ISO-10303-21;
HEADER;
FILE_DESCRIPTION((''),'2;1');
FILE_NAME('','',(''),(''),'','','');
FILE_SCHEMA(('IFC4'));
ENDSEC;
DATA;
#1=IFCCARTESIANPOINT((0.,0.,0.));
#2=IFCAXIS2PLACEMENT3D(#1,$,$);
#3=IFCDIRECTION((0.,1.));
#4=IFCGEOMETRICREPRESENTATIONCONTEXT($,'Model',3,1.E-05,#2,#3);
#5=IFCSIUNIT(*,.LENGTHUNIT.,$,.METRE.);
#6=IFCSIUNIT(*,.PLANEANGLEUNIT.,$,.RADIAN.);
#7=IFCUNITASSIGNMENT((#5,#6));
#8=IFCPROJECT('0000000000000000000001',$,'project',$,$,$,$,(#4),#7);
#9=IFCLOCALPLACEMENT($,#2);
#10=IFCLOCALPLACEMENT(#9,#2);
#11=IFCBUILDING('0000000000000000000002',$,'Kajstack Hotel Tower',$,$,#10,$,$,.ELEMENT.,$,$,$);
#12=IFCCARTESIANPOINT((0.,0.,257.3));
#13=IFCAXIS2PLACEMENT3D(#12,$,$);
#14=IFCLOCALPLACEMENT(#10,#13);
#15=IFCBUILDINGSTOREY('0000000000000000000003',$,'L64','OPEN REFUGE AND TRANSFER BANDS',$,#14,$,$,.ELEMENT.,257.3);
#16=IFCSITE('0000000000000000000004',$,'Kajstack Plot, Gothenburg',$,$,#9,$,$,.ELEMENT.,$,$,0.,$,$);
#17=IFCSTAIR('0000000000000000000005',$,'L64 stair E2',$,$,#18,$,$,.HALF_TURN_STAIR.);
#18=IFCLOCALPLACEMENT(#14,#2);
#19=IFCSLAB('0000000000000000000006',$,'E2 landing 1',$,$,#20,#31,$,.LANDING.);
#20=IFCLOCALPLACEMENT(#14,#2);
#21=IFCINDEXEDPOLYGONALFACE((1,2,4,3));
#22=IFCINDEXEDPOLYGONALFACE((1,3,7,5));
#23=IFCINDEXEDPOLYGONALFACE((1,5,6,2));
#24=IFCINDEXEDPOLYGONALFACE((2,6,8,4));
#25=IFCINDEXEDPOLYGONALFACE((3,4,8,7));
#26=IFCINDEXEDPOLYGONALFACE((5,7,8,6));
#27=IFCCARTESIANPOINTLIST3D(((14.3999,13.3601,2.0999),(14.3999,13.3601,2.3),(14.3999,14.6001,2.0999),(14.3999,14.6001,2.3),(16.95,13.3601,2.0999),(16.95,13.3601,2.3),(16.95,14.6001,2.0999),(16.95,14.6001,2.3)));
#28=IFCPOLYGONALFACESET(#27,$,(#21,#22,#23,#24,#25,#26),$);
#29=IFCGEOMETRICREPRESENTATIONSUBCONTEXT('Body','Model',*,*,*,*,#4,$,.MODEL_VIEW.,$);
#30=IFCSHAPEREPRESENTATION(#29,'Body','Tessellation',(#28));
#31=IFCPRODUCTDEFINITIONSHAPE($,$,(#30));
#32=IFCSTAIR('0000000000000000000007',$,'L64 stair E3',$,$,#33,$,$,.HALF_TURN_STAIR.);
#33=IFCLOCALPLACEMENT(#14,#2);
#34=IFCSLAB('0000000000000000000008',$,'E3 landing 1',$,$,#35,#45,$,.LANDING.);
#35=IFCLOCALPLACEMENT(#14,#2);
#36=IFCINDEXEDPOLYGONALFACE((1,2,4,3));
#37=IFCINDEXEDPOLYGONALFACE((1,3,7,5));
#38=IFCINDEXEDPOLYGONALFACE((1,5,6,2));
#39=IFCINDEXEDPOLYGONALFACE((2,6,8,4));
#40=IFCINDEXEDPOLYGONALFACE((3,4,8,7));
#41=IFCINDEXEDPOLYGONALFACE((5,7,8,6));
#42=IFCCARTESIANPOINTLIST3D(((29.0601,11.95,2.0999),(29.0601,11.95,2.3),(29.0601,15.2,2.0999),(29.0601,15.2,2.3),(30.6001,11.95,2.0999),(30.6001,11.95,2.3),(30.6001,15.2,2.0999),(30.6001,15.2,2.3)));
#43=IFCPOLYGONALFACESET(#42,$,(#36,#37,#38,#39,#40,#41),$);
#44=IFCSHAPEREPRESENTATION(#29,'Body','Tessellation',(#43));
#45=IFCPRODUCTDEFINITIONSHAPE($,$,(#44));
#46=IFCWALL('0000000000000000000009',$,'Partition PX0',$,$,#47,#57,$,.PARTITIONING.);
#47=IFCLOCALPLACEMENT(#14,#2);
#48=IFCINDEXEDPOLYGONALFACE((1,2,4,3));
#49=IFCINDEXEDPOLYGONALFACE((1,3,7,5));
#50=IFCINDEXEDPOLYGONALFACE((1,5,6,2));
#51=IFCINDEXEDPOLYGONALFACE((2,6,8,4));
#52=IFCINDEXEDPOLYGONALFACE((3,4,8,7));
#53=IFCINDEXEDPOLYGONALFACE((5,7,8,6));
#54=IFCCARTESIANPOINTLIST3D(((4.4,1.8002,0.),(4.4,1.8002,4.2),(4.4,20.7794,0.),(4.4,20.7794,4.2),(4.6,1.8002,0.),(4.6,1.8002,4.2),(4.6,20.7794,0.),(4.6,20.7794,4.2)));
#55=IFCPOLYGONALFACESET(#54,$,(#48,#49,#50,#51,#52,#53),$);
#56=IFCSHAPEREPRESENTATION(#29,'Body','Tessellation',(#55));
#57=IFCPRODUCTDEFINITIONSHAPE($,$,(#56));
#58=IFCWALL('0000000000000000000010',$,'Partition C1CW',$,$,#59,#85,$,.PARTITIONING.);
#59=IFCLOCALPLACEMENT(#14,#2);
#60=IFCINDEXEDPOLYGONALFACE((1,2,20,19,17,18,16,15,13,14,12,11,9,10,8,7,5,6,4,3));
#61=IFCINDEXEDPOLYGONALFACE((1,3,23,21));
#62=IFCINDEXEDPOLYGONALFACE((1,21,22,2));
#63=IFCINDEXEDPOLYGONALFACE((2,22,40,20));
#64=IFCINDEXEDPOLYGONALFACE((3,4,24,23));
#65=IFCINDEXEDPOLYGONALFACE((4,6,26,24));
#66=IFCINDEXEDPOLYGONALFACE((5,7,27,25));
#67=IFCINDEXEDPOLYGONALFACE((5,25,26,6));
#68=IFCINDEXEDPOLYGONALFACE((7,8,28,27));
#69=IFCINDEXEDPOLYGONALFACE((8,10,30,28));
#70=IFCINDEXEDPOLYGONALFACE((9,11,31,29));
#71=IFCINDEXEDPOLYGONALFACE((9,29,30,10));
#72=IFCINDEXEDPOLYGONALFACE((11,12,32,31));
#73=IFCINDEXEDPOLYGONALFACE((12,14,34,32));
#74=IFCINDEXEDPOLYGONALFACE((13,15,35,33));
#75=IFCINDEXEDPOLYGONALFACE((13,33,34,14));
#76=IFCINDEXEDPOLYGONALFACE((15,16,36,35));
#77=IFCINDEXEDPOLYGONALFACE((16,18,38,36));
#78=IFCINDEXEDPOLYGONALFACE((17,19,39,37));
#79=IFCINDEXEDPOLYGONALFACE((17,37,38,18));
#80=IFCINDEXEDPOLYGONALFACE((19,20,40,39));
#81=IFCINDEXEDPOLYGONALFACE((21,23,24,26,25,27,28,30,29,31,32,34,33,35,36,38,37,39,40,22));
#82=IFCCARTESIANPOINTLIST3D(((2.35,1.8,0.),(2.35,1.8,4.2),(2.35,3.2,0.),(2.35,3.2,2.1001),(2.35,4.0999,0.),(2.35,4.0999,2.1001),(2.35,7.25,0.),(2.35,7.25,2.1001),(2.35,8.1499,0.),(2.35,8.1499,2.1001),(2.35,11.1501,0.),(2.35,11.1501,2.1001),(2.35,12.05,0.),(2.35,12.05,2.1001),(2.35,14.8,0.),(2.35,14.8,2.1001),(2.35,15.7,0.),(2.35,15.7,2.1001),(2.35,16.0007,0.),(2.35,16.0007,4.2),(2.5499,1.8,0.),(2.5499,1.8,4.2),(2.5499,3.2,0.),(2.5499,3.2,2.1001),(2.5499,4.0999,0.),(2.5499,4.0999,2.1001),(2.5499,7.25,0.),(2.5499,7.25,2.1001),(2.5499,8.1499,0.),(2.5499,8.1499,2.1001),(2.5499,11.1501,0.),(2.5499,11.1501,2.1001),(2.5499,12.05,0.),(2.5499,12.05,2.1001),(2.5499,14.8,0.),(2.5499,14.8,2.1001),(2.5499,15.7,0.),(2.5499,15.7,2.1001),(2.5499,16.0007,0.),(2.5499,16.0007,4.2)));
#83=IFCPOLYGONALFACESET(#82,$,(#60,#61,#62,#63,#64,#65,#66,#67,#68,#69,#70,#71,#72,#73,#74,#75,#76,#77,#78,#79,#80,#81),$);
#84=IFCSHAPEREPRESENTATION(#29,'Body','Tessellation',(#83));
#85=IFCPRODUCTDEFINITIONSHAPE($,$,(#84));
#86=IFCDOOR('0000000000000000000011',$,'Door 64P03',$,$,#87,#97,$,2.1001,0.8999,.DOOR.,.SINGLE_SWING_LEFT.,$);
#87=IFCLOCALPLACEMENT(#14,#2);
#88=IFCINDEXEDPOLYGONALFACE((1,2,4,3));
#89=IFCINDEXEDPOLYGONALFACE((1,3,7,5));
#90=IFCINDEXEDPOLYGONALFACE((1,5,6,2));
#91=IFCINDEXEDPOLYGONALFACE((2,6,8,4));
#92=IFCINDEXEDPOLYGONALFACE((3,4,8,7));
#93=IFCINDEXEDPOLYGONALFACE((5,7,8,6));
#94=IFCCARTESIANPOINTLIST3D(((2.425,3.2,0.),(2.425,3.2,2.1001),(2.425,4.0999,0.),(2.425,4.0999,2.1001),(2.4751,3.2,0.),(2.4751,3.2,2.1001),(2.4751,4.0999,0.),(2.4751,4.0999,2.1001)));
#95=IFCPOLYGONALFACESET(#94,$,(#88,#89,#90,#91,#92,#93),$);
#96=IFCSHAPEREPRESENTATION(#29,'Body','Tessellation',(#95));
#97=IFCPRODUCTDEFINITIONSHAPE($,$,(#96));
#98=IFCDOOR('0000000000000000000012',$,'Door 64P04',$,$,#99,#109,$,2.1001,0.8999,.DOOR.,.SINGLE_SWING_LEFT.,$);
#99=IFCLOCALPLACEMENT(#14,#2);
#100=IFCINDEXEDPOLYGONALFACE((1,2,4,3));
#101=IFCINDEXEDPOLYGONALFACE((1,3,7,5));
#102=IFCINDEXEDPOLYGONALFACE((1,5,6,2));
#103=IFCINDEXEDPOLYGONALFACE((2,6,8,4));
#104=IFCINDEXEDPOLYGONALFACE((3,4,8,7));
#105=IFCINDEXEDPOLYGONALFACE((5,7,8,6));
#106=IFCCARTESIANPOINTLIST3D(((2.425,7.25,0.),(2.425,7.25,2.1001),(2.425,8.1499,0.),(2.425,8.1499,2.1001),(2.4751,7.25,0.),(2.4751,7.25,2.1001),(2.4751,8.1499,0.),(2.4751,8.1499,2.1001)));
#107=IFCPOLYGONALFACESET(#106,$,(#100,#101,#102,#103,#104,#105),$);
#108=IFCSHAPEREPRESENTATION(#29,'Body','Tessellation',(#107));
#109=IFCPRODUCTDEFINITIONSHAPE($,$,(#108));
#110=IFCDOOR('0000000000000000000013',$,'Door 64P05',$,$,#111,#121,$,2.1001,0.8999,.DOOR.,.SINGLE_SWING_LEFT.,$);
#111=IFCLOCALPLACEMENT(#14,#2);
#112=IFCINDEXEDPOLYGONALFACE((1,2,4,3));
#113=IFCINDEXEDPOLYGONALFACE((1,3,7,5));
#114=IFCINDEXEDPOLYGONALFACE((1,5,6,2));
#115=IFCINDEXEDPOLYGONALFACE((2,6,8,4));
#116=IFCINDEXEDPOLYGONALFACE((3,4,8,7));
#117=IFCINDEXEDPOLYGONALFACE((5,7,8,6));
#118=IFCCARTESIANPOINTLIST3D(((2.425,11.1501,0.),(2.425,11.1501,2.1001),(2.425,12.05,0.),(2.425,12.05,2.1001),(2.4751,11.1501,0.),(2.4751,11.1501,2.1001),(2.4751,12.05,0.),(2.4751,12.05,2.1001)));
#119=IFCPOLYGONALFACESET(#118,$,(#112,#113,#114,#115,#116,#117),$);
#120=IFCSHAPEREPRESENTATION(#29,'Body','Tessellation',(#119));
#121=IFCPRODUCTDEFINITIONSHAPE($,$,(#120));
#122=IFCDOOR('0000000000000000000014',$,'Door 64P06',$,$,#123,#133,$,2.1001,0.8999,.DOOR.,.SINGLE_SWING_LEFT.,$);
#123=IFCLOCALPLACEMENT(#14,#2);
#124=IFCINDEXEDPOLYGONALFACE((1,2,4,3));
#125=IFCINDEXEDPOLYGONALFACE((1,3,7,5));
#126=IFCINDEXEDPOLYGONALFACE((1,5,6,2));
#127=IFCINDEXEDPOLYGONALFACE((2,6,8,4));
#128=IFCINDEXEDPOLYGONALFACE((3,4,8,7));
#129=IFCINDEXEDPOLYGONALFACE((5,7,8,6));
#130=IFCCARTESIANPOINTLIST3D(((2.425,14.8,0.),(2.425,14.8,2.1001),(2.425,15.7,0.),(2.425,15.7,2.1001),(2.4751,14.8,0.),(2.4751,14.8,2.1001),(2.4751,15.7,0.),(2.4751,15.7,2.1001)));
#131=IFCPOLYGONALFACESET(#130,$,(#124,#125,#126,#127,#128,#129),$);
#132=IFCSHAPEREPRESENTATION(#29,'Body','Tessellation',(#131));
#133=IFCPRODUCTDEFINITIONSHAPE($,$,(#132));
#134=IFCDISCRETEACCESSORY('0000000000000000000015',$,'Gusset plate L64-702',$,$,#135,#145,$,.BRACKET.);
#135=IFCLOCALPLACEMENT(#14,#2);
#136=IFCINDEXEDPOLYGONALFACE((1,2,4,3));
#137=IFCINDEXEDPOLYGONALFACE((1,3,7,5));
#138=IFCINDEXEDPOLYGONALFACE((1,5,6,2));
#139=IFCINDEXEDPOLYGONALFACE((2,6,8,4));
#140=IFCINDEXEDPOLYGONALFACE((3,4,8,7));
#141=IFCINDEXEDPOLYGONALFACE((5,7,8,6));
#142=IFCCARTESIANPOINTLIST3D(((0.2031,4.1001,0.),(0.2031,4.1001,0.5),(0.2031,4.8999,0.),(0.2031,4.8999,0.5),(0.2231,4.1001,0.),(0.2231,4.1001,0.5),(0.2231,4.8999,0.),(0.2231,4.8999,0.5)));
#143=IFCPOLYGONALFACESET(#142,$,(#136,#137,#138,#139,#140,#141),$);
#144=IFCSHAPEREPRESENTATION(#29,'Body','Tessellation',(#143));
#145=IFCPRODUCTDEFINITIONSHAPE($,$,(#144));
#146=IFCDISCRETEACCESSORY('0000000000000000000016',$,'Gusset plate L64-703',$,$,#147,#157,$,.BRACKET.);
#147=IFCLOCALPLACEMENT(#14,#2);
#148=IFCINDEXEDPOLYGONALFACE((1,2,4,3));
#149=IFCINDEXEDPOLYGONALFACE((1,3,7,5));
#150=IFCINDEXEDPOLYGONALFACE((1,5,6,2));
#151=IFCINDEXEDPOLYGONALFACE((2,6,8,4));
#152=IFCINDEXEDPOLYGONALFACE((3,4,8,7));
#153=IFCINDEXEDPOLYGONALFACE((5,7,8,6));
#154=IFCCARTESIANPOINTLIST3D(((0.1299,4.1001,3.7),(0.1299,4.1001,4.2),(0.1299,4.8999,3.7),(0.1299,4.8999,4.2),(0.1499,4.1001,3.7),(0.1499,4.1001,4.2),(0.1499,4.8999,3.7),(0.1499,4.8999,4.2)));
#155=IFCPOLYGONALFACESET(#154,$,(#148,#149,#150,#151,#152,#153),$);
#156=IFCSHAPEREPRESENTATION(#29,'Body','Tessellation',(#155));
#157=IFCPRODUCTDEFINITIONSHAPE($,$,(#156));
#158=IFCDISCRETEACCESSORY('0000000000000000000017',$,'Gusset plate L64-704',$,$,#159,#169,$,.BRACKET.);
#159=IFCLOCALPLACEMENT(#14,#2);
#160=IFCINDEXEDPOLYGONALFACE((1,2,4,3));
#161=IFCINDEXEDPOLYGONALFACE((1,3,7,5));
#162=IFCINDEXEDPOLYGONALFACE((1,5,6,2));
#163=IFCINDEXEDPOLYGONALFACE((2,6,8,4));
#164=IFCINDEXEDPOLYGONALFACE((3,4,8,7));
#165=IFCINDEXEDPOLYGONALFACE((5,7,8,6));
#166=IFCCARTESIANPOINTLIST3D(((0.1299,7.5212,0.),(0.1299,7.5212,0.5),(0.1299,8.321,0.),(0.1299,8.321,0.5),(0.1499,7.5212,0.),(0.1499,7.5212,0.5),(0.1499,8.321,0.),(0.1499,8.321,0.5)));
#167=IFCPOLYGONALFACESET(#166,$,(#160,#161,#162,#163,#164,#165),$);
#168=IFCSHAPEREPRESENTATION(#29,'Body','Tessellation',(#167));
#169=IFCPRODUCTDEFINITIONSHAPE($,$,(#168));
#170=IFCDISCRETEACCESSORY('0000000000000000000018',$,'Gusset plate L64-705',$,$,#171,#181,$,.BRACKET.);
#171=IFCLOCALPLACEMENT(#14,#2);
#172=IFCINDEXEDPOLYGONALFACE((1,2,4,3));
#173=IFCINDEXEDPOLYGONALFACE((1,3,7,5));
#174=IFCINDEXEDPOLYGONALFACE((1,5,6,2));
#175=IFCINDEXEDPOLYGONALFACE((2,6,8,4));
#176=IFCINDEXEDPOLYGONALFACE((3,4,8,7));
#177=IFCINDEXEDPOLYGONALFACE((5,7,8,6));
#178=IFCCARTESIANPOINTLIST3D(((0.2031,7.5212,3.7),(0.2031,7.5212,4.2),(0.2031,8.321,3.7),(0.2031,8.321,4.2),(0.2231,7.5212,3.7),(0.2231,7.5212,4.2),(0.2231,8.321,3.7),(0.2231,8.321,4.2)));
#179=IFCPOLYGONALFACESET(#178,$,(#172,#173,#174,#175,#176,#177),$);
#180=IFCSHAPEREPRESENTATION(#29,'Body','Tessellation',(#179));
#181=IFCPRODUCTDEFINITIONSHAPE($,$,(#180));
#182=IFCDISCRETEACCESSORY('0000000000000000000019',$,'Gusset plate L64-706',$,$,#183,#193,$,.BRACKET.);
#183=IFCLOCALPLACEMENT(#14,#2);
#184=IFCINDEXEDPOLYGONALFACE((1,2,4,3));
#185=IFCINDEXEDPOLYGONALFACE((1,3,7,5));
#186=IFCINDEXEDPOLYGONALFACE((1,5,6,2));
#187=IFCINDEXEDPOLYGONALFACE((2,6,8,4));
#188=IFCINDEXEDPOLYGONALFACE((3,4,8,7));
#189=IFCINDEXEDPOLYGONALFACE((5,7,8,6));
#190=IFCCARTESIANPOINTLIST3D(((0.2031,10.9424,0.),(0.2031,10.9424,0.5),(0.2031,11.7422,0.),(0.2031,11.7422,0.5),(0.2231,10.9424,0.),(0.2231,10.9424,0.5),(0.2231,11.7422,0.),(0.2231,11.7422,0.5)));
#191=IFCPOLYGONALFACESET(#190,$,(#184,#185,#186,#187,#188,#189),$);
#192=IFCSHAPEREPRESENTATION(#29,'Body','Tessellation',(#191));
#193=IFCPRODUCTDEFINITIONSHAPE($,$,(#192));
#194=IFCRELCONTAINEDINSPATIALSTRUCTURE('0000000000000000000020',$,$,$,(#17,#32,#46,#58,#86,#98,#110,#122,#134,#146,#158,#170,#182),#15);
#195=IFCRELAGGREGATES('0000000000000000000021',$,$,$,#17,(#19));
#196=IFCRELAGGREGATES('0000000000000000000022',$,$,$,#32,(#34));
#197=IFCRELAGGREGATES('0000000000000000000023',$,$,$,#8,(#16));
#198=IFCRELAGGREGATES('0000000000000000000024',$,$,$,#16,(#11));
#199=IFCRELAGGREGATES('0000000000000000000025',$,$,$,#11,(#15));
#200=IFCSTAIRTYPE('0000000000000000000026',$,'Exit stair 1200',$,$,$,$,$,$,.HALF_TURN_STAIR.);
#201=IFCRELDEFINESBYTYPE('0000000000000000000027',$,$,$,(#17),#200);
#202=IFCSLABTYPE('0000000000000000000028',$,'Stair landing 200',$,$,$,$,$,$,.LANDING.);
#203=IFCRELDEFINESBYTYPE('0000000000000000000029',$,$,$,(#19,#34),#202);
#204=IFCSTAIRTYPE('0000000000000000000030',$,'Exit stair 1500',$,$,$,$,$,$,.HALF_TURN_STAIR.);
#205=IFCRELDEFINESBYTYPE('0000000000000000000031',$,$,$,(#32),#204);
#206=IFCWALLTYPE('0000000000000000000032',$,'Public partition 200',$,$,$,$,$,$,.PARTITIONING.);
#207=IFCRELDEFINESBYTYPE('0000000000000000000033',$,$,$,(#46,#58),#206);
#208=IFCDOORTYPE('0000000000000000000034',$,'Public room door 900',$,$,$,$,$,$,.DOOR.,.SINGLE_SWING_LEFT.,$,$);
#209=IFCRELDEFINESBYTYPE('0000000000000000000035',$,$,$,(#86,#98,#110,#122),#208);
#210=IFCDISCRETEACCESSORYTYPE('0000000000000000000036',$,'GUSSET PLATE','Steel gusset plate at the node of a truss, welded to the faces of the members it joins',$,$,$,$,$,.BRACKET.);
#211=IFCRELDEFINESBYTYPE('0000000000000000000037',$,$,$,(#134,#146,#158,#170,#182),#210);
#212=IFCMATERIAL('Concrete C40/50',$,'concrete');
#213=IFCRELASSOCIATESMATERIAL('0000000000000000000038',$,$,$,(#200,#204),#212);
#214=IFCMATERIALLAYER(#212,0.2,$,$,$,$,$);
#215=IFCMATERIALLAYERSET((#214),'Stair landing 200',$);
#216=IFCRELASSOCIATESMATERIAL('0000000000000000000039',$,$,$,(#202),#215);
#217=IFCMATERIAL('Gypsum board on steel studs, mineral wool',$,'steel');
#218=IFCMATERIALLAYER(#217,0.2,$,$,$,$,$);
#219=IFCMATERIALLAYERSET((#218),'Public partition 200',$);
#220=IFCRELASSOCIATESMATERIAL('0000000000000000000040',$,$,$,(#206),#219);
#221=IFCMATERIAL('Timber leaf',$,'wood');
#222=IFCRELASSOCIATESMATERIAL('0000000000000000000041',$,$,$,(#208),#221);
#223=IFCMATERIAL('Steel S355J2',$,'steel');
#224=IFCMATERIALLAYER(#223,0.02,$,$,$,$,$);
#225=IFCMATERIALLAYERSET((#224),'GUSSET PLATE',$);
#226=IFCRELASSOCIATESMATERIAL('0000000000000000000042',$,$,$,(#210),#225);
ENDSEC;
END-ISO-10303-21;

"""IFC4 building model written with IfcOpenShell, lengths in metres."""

from ifc_helpers import new_model, si_unit, direction, frame, frame_2d, origin, place, context, subcontext, project, spatial, polyline, rectangle, outline, extrude, material, layer, layer_set, type_object, element, fill, aggregate, save


model = new_model("IFC4")

# Units and contexts
model_context = context("Model", 3, precision=1e-05, world=origin(), true_north=direction((0.0, 1.0)))
body_context = subcontext(model_context, "Body", "Model", "MODEL_VIEW")
ifc_project = project(units=[si_unit("LENGTHUNIT", "METRE"), si_unit("PLANEANGLEUNIT", "RADIAN")], contexts=[model_context])

# Site, building, storey
site_placement = place(None, origin())
site = spatial("IfcSite", under=ifc_project, at=site_placement, Name="Kajstack Plot, Gothenburg", CompositionType="ELEMENT", RefElevation=0.0)
building_placement = place(site_placement, origin())
building = spatial("IfcBuilding", under=site, at=building_placement, Name="Kajstack Hotel Tower", CompositionType="ELEMENT")
storey_placement = place(building_placement, frame((0.0, 0.0, 257.3)))
storey = spatial("IfcBuildingStorey", under=building, at=storey_placement, Name="L64", Description="OPEN REFUGE AND TRANSFER BANDS", CompositionType="ELEMENT", Elevation=257.3)

# Shared definitions
ifc_material_1 = material(Name="Steel S355J2", Category="steel")

# Stairs, slabs
ifc_material_2 = material(Name="Concrete C40/50", Category="concrete")
stair_type_1 = type_object("IfcStairType", Name="Exit stair 1200", PredefinedType="HALF_TURN_STAIR", material=ifc_material_2)
ifc_layer_1 = layer(ifc_material_2, 0.2)
ifc_layer_set_1 = layer_set([ifc_layer_1], Name="Stair landing 200")
slab_type = type_object("IfcSlabType", Name="Stair landing 200", PredefinedType="LANDING", material=ifc_layer_set_1)
stair_type_2 = type_object("IfcStairType", Name="Exit stair 1500", PredefinedType="HALF_TURN_STAIR", material=ifc_material_2)
stair_1_placement = place(storey_placement, origin())
stair_1 = element("IfcStair", 1, at=stair_1_placement, inside=storey, type_object=stair_type_1, Name="L64 stair E2", PredefinedType="HALF_TURN_STAIR")
slab_1_placement = place(storey_placement, frame((0.0, 0.0, 2.0999)))
slab_1 = element("IfcSlab", 2, at=slab_1_placement, type_object=slab_type, Name="E2 landing 1", PredefinedType="LANDING", context=body_context, shape_type="SweptSolid", body=[
    extrude(outline(polyline([(16.95, 13.3601), (16.95, 14.6001), (14.3999, 14.6001), (14.3999, 13.3601), (16.95, 13.3601)])), origin(), (0.0, 0.0, 1.0), 0.2002),
])
aggregate(stair_1, [slab_1])
stair_2_placement = place(storey_placement, origin())
stair_2 = element("IfcStair", 3, at=stair_2_placement, inside=storey, type_object=stair_type_2, Name="L64 stair E3", PredefinedType="HALF_TURN_STAIR")
slab_2_placement = place(storey_placement, frame((0.0, 0.0, 2.0999)))
slab_2 = element("IfcSlab", 4, at=slab_2_placement, type_object=slab_type, Name="E3 landing 1", PredefinedType="LANDING", context=body_context, shape_type="SweptSolid", body=[
    extrude(outline(polyline([(29.0601, 11.95), (30.6001, 11.95), (30.6001, 15.2), (29.0601, 15.2), (29.0601, 11.95)])), origin(), (0.0, 0.0, 1.0), 0.2002),
])
aggregate(stair_2, [slab_2])

# Wall
ifc_material_3 = material(Name="Gypsum board on steel studs, mineral wool", Category="steel")
ifc_layer_2 = layer(ifc_material_3, 0.2)
ifc_layer_set_2 = layer_set([ifc_layer_2], Name="Public partition 200")
wall_type = type_object("IfcWallType", Name="Public partition 200", PredefinedType="PARTITIONING", material=ifc_layer_set_2)
wall_1_placement = place(storey_placement, frame((4.5, 1.8, 0.0), z_axis=(0.0, 0.0, 1.0), x_axis=(0.0, 1.0, 0.0)))
element("IfcWall", 5, at=wall_1_placement, inside=storey, type_object=wall_type, Name="Partition PX0", PredefinedType="PARTITIONING", context=body_context, shape_type="SweptSolid", body=[
    extrude(rectangle(XDim=18.9792, YDim=0.2, at=frame_2d((9.4897, 0.0))), origin(), (0.0, 0.0, 1.0), 4.2),
])

# Wall, openings, doors
wall_2_placement = place(storey_placement, frame((2.45, 1.8, 0.0), z_axis=(0.0, 0.0, 1.0), x_axis=(0.0, 1.0, 0.0)))
wall_2 = element("IfcWall", 6, at=wall_2_placement, inside=storey, type_object=wall_type, Name="Partition C1CW", PredefinedType="PARTITIONING", context=body_context, shape_type="SweptSolid", body=[
    extrude(rectangle(XDim=14.2007, YDim=0.2, at=frame_2d((7.1003, 0.0))), origin(), (0.0, 0.0, 1.0), 4.2),
])
opening_1_placement = place(wall_2_placement, frame((1.3999, 0.0, 0.0)))
opening_1 = element("IfcOpeningElement", 7, at=opening_1_placement, cuts=wall_2, PredefinedType="OPENING", context=body_context, shape_type="SweptSolid", body=[
    extrude(rectangle(XDim=0.8999, YDim=2.1001, at=frame_2d((0.45, 1.05))), frame((0.0, 0.1099, 0.0), z_axis=(0.0, -1.0, 0.0), x_axis=(1.0, 0.0, 0.0)), (0.0, 0.0, 1.0), 0.22),
])
opening_2_placement = place(wall_2_placement, frame((5.45, 0.0, 0.0)))
opening_2 = element("IfcOpeningElement", 8, at=opening_2_placement, cuts=wall_2, PredefinedType="OPENING", context=body_context, shape_type="SweptSolid", body=[
    extrude(rectangle(XDim=0.8999, YDim=2.1001, at=frame_2d((0.45, 1.05))), frame((0.0, 0.1099, 0.0), z_axis=(0.0, -1.0, 0.0), x_axis=(1.0, 0.0, 0.0)), (0.0, 0.0, 1.0), 0.22),
])
opening_3_placement = place(wall_2_placement, frame((9.3501, 0.0, 0.0)))
opening_3 = element("IfcOpeningElement", 9, at=opening_3_placement, cuts=wall_2, PredefinedType="OPENING", context=body_context, shape_type="SweptSolid", body=[
    extrude(rectangle(XDim=0.8999, YDim=2.1001, at=frame_2d((0.45, 1.05))), frame((0.0, 0.1099, 0.0), z_axis=(0.0, -1.0, 0.0), x_axis=(1.0, 0.0, 0.0)), (0.0, 0.0, 1.0), 0.22),
])
opening_4_placement = place(wall_2_placement, frame((13.0, 0.0, 0.0)))
opening_4 = element("IfcOpeningElement", 10, at=opening_4_placement, cuts=wall_2, PredefinedType="OPENING", context=body_context, shape_type="SweptSolid", body=[
    extrude(rectangle(XDim=0.8999, YDim=2.1001, at=frame_2d((0.45, 1.05))), frame((0.0, 0.1099, 0.0), z_axis=(0.0, -1.0, 0.0), x_axis=(1.0, 0.0, 0.0)), (0.0, 0.0, 1.0), 0.22),
])
ifc_material_4 = material(Name="Timber leaf", Category="wood")
door_type = type_object("IfcDoorType", Name="Public room door 900", OperationType="SINGLE_SWING_LEFT", PredefinedType="DOOR", material=ifc_material_4)
door_1_placement = place(opening_1_placement, origin())
door_1 = element("IfcDoor", 11, at=door_1_placement, inside=storey, type_object=door_type, Name="Door 64P03", OperationType="SINGLE_SWING_LEFT", OverallHeight=2.1001, OverallWidth=0.8999, PredefinedType="DOOR", context=body_context, shape_type="SweptSolid", body=[
    extrude(rectangle(XDim=0.8999, YDim=2.1001, at=frame_2d((0.45, 1.05))), frame((0.0, 0.0249, 0.0), z_axis=(0.0, -1.0, 0.0), x_axis=(1.0, 0.0, 0.0)), (0.0, 0.0, 1.0), 0.05),
])
fill(opening_1, door_1)
door_2_placement = place(opening_2_placement, origin())
door_2 = element("IfcDoor", 12, at=door_2_placement, inside=storey, type_object=door_type, Name="Door 64P04", OperationType="SINGLE_SWING_LEFT", OverallHeight=2.1001, OverallWidth=0.8999, PredefinedType="DOOR", context=body_context, shape_type="SweptSolid", body=[
    extrude(rectangle(XDim=0.8999, YDim=2.1001, at=frame_2d((0.45, 1.05))), frame((0.0, 0.0249, 0.0), z_axis=(0.0, -1.0, 0.0), x_axis=(1.0, 0.0, 0.0)), (0.0, 0.0, 1.0), 0.05),
])
fill(opening_2, door_2)
door_3_placement = place(opening_3_placement, origin())
door_3 = element("IfcDoor", 13, at=door_3_placement, inside=storey, type_object=door_type, Name="Door 64P05", OperationType="SINGLE_SWING_LEFT", OverallHeight=2.1001, OverallWidth=0.8999, PredefinedType="DOOR", context=body_context, shape_type="SweptSolid", body=[
    extrude(rectangle(XDim=0.8999, YDim=2.1001, at=frame_2d((0.45, 1.05))), frame((0.0, 0.0249, 0.0), z_axis=(0.0, -1.0, 0.0), x_axis=(1.0, 0.0, 0.0)), (0.0, 0.0, 1.0), 0.05),
])
fill(opening_3, door_3)
door_4_placement = place(opening_4_placement, origin())
door_4 = element("IfcDoor", 14, at=door_4_placement, inside=storey, type_object=door_type, Name="Door 64P06", OperationType="SINGLE_SWING_LEFT", OverallHeight=2.1001, OverallWidth=0.8999, PredefinedType="DOOR", context=body_context, shape_type="SweptSolid", body=[
    extrude(rectangle(XDim=0.8999, YDim=2.1001, at=frame_2d((0.45, 1.05))), frame((0.0, 0.0249, 0.0), z_axis=(0.0, -1.0, 0.0), x_axis=(1.0, 0.0, 0.0)), (0.0, 0.0, 1.0), 0.05),
])
fill(opening_4, door_4)

# Discrete accessories
ifc_layer_3 = layer(ifc_material_1, 0.02)
ifc_layer_set_3 = layer_set([ifc_layer_3], Name="GUSSET PLATE")
discrete_accessory_type = type_object("IfcDiscreteAccessoryType", Name="GUSSET PLATE", Description="Steel gusset plate at the node of a truss, welded to the faces of the members it joins", PredefinedType="BRACKET", material=ifc_layer_set_3)
for number, where, z_axis, x_axis, name in (
    (15, (0.2031, 4.5, 0.0), (1.0, 0.0, 0.0), (0.0, 1.0, 0.0), "Gusset plate L64-702"),
    (16, (0.1299, 4.5, 3.7), (1.0, 0.0, 0.0), (0.0, 1.0, 0.0), "Gusset plate L64-703"),
    (17, (0.1299, 7.9211, 0.0), (1.0, 0.0, 0.0), (0.0, 1.0, 0.0), "Gusset plate L64-704"),
    (18, (0.2031, 7.9211, 3.7), (1.0, 0.0, 0.0), (0.0, 1.0, 0.0), "Gusset plate L64-705"),
    (19, (0.2031, 11.3423, 0.0), (1.0, 0.0, 0.0), (0.0, 1.0, 0.0), "Gusset plate L64-706"),
):
    element("IfcDiscreteAccessory", number, at=place(storey_placement, frame(where, z_axis=z_axis, x_axis=x_axis)), inside=storey, type_object=discrete_accessory_type, Name=name, PredefinedType="BRACKET", context=body_context, shape_type="SweptSolid", body=[
        extrude(outline(polyline([(-0.3999, 0.0), (0.3999, 0.0), (0.3999, 0.5), (-0.3999, 0.5), (-0.3999, 0.0)])), origin(), (0.0, 0.0, 1.0), 0.02),
    ])

save(model, "model.ifc")
